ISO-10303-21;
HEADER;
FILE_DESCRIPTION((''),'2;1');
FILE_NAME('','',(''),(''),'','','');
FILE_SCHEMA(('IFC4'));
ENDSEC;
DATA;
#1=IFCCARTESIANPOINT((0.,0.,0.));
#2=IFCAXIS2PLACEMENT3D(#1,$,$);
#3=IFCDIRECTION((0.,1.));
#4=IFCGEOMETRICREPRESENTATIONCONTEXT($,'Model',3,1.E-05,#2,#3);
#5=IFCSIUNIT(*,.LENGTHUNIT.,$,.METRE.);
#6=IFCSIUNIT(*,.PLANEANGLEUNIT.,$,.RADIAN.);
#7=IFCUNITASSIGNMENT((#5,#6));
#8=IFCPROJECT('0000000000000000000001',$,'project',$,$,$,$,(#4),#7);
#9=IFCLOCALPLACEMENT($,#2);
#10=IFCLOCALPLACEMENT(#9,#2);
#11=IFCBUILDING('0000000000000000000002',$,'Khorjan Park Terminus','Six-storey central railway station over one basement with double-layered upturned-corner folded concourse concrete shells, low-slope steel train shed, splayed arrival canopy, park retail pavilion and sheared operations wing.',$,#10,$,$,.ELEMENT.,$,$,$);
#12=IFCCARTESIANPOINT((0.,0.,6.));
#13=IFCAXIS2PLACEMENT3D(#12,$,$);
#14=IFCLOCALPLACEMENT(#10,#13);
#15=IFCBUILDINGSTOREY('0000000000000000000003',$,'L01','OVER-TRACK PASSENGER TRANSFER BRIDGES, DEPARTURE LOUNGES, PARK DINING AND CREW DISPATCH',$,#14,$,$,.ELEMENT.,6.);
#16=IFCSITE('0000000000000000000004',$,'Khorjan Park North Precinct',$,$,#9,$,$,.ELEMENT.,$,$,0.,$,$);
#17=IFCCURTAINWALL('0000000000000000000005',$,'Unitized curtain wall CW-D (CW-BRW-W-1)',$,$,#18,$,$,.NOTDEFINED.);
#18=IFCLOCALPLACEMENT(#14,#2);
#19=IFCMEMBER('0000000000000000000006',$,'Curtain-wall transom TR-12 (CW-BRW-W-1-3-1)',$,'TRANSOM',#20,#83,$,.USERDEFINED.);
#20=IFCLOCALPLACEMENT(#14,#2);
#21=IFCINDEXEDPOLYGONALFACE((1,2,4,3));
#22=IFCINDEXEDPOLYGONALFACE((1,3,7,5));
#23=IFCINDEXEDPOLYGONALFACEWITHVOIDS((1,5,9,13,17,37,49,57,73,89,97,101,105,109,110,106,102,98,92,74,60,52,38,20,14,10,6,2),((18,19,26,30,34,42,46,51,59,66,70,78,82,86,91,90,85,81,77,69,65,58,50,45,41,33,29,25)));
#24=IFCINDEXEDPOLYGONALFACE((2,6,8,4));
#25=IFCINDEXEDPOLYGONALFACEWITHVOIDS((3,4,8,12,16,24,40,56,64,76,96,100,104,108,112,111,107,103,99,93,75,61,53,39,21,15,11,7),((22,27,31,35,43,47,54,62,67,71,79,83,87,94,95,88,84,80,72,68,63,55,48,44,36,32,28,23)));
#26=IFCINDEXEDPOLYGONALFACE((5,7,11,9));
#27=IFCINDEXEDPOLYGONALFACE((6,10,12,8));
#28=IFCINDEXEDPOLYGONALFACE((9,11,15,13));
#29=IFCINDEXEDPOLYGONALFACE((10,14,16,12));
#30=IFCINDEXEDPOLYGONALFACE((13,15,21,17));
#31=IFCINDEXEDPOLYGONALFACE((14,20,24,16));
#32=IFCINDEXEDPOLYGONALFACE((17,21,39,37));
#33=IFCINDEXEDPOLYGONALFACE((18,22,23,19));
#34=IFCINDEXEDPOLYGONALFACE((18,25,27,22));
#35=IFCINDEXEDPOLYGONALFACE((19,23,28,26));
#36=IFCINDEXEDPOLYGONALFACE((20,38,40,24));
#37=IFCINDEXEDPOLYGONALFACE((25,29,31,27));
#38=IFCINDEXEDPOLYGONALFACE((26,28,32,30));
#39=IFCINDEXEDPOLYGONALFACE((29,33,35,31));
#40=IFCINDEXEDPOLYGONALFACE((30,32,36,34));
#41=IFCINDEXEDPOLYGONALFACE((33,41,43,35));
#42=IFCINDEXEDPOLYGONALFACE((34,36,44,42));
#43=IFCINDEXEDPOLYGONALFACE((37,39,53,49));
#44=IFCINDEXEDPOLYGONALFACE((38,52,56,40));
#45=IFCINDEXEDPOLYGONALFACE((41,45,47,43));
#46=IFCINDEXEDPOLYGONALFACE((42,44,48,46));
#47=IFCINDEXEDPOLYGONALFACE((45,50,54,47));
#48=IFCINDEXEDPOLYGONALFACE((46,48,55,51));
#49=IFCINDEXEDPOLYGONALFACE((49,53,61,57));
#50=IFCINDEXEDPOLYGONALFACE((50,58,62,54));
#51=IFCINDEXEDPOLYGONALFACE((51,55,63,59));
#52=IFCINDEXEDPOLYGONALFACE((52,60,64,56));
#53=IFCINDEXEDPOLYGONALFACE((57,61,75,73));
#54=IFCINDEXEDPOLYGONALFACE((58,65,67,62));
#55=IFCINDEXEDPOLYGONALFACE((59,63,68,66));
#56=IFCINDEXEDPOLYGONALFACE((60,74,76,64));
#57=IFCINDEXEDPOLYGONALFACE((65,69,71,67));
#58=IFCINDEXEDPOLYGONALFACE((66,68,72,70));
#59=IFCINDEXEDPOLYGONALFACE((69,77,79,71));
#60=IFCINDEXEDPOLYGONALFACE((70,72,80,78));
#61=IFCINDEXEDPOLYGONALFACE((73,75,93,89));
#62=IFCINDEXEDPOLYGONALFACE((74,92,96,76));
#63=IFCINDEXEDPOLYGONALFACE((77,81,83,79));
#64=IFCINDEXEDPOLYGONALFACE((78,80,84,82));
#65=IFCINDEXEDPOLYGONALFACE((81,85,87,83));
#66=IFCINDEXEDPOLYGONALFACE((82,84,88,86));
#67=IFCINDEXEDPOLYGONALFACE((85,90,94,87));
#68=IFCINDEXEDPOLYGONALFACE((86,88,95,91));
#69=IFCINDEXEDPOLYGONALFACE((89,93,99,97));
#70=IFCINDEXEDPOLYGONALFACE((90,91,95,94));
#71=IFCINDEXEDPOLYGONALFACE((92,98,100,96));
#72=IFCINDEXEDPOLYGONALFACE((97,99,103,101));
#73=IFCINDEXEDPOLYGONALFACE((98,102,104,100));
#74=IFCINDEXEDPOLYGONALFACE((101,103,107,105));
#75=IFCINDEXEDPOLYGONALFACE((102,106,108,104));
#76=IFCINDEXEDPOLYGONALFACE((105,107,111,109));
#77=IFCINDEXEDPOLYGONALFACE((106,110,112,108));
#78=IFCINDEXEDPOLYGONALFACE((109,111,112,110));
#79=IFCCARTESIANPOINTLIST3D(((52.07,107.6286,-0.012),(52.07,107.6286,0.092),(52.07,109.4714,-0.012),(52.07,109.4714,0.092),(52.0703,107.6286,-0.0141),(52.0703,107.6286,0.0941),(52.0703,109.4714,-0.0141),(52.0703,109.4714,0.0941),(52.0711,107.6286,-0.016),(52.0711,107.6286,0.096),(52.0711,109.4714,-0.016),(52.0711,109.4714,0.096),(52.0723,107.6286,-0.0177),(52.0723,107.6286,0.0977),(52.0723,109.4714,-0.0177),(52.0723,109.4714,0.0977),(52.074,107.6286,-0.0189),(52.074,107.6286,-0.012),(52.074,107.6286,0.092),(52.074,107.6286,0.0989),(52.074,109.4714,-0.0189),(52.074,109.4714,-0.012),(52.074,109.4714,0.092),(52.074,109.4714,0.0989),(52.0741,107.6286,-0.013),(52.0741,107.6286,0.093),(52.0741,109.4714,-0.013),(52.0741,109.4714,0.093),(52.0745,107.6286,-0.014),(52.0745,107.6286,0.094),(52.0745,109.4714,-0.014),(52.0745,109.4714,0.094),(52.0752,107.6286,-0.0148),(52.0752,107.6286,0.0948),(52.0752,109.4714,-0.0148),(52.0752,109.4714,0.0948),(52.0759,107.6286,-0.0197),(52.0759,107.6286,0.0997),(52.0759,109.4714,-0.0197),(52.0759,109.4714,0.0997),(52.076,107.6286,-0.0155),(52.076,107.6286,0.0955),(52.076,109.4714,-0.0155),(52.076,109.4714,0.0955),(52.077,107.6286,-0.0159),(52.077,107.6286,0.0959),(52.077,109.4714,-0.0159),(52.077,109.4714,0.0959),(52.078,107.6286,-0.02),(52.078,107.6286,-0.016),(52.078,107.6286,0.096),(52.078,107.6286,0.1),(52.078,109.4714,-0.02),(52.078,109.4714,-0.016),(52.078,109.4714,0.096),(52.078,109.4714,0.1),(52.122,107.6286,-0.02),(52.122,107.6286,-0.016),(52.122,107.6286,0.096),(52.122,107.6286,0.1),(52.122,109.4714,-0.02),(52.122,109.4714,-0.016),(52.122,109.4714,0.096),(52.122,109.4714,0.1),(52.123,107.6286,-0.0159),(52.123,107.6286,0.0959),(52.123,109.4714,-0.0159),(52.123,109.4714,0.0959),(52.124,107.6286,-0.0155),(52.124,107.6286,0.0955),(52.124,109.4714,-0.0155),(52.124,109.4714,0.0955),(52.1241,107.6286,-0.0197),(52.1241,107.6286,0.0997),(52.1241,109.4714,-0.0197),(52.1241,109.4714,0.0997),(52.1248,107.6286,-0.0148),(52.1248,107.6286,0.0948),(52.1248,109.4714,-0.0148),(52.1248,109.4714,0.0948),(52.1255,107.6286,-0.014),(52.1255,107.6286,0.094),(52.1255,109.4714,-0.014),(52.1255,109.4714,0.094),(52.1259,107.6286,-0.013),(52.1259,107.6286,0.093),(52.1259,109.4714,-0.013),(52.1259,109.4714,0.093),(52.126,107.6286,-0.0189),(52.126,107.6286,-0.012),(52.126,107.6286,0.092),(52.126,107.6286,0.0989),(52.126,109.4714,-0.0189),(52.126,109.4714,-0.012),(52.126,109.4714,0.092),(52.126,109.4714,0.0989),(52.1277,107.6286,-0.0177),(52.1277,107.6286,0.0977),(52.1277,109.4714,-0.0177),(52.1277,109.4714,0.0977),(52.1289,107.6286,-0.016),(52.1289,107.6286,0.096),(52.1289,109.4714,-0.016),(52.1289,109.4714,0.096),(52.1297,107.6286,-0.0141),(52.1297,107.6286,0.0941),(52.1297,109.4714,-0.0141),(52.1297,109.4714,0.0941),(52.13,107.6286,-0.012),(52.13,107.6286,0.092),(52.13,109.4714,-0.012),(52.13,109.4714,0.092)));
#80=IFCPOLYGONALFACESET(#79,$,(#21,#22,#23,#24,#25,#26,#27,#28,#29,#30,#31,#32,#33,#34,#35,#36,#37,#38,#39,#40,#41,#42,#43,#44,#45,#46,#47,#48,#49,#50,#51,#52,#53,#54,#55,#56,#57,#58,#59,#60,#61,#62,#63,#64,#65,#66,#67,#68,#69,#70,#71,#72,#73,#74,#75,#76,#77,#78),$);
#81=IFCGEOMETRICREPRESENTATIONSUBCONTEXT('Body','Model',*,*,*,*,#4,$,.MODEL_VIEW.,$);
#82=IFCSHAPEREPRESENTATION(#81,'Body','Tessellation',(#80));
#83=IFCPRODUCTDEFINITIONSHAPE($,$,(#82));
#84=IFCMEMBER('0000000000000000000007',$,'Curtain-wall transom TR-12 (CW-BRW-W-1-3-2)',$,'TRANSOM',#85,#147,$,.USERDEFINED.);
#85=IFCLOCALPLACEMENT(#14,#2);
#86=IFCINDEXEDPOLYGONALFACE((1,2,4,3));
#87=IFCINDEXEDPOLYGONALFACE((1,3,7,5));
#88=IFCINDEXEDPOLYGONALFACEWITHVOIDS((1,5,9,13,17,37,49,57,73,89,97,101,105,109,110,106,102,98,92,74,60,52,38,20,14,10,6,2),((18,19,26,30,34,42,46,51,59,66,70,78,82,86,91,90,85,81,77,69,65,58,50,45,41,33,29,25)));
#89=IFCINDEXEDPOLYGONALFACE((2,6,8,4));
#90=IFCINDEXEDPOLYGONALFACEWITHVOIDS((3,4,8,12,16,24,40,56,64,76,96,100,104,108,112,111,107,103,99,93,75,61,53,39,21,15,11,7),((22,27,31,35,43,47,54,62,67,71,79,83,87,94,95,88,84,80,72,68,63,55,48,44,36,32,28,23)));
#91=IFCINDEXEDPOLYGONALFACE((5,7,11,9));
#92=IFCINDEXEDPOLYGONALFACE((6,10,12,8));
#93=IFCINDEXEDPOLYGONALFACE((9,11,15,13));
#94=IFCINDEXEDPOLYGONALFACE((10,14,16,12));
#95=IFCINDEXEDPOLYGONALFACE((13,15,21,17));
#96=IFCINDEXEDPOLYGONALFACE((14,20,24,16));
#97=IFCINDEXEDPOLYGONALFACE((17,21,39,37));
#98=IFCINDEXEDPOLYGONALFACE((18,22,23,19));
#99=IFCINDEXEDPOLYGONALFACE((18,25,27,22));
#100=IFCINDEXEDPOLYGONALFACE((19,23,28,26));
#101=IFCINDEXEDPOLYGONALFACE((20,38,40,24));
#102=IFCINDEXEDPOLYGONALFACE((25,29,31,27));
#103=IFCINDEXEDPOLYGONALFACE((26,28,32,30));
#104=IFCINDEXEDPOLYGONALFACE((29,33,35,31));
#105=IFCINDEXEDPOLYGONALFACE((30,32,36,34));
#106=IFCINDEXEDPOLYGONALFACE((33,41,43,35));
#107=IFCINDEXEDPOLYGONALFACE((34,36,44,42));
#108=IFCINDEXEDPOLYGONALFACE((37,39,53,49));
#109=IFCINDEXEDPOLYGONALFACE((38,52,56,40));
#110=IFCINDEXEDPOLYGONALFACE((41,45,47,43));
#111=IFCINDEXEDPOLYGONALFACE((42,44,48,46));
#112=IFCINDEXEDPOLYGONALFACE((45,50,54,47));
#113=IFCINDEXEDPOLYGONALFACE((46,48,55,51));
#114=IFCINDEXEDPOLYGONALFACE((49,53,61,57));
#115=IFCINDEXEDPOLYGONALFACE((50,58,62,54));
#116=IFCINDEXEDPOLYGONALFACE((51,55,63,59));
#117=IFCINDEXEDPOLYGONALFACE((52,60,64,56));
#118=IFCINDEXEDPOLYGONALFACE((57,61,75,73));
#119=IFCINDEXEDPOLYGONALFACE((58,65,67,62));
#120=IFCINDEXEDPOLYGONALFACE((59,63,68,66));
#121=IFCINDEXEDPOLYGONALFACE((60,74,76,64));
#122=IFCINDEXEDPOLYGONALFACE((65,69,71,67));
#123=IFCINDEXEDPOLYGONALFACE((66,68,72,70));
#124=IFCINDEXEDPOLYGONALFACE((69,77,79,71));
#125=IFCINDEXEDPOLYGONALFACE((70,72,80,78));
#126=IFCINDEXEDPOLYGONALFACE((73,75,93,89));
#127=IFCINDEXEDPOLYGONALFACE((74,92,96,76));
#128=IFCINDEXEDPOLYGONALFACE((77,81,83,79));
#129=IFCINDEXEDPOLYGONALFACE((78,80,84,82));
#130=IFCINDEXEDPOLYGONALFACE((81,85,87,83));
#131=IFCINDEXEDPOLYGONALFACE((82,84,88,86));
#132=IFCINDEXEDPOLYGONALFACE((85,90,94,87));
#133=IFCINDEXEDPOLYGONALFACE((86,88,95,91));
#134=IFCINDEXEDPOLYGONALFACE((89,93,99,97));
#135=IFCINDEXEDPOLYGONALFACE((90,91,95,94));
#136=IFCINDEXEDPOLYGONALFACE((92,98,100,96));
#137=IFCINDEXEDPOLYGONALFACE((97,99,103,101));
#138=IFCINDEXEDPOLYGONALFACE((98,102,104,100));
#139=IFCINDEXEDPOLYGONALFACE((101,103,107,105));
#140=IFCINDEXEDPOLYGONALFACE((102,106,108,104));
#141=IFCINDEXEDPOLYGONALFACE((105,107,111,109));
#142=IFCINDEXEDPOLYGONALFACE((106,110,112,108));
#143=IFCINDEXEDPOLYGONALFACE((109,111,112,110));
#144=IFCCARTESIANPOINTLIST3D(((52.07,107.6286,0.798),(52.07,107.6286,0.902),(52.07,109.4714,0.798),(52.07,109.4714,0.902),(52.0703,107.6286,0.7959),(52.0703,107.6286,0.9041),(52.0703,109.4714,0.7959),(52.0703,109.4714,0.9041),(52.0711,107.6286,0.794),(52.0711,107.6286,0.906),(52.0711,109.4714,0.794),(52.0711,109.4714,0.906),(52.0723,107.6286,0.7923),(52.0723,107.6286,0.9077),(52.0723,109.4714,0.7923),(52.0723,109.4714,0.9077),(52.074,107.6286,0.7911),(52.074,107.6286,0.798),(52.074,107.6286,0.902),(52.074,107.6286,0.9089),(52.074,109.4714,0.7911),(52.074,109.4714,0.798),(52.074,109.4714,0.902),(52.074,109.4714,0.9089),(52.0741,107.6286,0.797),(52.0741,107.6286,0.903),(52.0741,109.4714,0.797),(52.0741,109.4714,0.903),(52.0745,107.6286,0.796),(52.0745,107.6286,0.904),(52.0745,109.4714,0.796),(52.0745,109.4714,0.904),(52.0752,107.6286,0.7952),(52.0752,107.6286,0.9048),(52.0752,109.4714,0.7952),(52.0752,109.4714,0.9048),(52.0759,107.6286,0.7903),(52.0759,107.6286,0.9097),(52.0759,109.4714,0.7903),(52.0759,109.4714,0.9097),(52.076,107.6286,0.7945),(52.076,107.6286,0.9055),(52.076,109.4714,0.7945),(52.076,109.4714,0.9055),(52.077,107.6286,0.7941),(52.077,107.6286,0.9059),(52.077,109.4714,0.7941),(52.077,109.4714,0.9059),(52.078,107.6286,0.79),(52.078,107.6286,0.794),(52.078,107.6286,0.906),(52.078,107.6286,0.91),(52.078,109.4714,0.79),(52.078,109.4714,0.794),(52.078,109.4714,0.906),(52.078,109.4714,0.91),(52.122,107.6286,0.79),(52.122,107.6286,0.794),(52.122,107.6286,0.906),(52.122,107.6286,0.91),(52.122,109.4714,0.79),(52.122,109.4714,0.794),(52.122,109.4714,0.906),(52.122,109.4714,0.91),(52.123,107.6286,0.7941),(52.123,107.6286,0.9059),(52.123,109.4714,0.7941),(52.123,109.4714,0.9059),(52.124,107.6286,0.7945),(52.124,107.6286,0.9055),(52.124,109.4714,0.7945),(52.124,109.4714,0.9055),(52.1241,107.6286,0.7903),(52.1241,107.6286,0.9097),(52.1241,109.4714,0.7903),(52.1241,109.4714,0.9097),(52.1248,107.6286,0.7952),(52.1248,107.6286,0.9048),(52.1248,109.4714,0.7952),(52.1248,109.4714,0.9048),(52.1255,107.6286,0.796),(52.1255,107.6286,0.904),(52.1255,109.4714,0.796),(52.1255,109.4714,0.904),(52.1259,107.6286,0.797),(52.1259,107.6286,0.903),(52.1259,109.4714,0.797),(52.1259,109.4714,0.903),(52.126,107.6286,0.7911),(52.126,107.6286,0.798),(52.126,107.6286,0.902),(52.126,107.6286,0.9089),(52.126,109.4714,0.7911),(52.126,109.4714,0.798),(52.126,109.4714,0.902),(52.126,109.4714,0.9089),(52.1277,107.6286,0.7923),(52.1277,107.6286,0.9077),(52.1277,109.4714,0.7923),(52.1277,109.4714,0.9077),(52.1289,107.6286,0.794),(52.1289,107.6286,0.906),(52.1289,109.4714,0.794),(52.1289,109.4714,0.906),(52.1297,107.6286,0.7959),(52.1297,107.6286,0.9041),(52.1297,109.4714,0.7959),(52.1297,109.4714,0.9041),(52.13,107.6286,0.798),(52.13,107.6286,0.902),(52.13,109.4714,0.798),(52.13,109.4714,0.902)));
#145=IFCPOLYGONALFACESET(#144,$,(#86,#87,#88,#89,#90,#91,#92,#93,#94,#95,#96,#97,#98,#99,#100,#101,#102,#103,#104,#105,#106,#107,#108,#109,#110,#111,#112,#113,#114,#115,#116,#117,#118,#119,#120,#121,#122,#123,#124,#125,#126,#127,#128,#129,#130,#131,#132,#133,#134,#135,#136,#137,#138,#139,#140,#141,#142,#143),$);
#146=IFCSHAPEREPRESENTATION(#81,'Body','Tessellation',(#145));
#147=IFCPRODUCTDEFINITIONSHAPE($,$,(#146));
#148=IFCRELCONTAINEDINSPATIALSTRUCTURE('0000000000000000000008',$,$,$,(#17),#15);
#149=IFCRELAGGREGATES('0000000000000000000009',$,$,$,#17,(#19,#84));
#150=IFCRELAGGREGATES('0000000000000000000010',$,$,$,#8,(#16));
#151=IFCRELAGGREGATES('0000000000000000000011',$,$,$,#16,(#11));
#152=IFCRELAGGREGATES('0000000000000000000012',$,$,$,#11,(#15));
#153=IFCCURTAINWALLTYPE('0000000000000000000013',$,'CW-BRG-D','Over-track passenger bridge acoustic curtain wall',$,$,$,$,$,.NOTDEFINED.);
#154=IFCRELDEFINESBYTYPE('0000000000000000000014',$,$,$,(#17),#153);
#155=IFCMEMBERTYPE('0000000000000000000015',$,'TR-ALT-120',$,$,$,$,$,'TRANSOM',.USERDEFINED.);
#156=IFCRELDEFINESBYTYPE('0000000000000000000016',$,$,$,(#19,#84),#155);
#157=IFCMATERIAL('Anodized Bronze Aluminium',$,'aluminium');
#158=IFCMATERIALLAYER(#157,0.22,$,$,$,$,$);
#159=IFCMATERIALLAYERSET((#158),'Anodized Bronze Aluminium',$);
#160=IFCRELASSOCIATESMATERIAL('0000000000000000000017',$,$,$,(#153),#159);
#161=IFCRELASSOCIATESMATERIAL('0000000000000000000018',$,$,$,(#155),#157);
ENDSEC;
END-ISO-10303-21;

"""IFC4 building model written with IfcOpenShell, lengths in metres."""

from ifc_helpers import new_model, si_unit, direction, frame, origin, origin_2d, place, context, subcontext, project, spatial, hollow_rectangle, extrude, material, layer, layer_set, material_profile, profile_set, type_object, element, aggregate, save


model = new_model("IFC4")

# Units and contexts
model_context = context("Model", 3, precision=1e-05, world=origin(), true_north=direction((0.0, 1.0)))
body_context = subcontext(model_context, "Body", "Model", "MODEL_VIEW")
ifc_project = project(units=[si_unit("LENGTHUNIT", "METRE"), si_unit("PLANEANGLEUNIT", "RADIAN")], contexts=[model_context])

# Site, building, storey
site_placement = place(None, origin())
site = spatial("IfcSite", under=ifc_project, at=site_placement, Name="Khorjan Park North Precinct", CompositionType="ELEMENT", RefElevation=0.0)
building_placement = place(site_placement, origin())
building = spatial("IfcBuilding", under=site, at=building_placement, Name="Khorjan Park Terminus", Description="Six-storey central railway station over one basement with double-layered upturned-corner folded concourse concrete shells, low-slope steel train shed, splayed arrival canopy, park retail pavilion and sheared operations wing.", CompositionType="ELEMENT")
storey_placement = place(building_placement, frame((0.0, 0.0, 6.0)))
storey = spatial("IfcBuildingStorey", under=building, at=storey_placement, Name="L01", Description="OVER-TRACK PASSENGER TRANSFER BRIDGES, DEPARTURE LOUNGES, PARK DINING AND CREW DISPATCH", CompositionType="ELEMENT", Elevation=6.0)

# Curtain wall, members
ifc_material_1 = material(Name="Anodized Bronze Aluminium", Category="aluminium")
ifc_layer_1 = layer(ifc_material_1, 0.22)
ifc_layer_set_1 = layer_set([ifc_layer_1], Name="Anodized Bronze Aluminium")
curtain_wall_type = type_object("IfcCurtainWallType", Name="CW-BRG-D", Description="Over-track passenger bridge acoustic curtain wall", PredefinedType="NOTDEFINED", material=ifc_layer_set_1)
curtain_wall_placement = place(storey_placement, origin())
curtain_wall = element("IfcCurtainWall", 1, at=curtain_wall_placement, inside=storey, type_object=curtain_wall_type, Name="Unitized curtain wall CW-D (CW-BRW-W-1)", PredefinedType="NOTDEFINED")
ifc_material_profile_1 = material_profile(ifc_material_1, hollow_rectangle(XDim=0.06, YDim=0.12, WallThickness=0.004, InnerFilletRadius=0.004, OuterFilletRadius=0.008, at=origin_2d()), Name="ALT 60x120x4")
ifc_profile_set_1 = profile_set([ifc_material_profile_1], Name="Anodized Bronze Aluminium")
member_type_1 = type_object("IfcMemberType", Name="TR-ALT-120", ElementType="TRANSOM", PredefinedType="USERDEFINED", material=ifc_profile_set_1)
member_1_placement = place(storey_placement, frame((52.1, 109.4714, 0.04), z_axis=(0.0, -1.0, 0.0), x_axis=(1.0, 0.0, 0.0)))
member_1 = element("IfcMember", 2, at=member_1_placement, type_object=member_type_1, Name="Curtain-wall transom TR-12 (CW-BRW-W-1-3-1)", ObjectType="TRANSOM", PredefinedType="USERDEFINED", context=body_context, shape_type="SweptSolid", body=[
    extrude(hollow_rectangle(XDim=0.06, YDim=0.12, WallThickness=0.004, InnerFilletRadius=0.004, OuterFilletRadius=0.008, at=origin_2d()), origin(), (0.0, 0.0, 1.0), 1.8428),
])
member_2_placement = place(storey_placement, frame((52.1, 109.4714, 0.85), z_axis=(0.0, -1.0, 0.0), x_axis=(1.0, 0.0, 0.0)))
member_2 = element("IfcMember", 3, at=member_2_placement, type_object=member_type_1, Name="Curtain-wall transom TR-12 (CW-BRW-W-1-3-2)", ObjectType="TRANSOM", PredefinedType="USERDEFINED", context=body_context, shape_type="SweptSolid", body=[
    extrude(hollow_rectangle(XDim=0.06, YDim=0.12, WallThickness=0.004, InnerFilletRadius=0.004, OuterFilletRadius=0.008, at=origin_2d()), origin(), (0.0, 0.0, 1.0), 1.8428),
])
aggregate(curtain_wall, [member_1, member_2])

save(model, "model.ifc")
